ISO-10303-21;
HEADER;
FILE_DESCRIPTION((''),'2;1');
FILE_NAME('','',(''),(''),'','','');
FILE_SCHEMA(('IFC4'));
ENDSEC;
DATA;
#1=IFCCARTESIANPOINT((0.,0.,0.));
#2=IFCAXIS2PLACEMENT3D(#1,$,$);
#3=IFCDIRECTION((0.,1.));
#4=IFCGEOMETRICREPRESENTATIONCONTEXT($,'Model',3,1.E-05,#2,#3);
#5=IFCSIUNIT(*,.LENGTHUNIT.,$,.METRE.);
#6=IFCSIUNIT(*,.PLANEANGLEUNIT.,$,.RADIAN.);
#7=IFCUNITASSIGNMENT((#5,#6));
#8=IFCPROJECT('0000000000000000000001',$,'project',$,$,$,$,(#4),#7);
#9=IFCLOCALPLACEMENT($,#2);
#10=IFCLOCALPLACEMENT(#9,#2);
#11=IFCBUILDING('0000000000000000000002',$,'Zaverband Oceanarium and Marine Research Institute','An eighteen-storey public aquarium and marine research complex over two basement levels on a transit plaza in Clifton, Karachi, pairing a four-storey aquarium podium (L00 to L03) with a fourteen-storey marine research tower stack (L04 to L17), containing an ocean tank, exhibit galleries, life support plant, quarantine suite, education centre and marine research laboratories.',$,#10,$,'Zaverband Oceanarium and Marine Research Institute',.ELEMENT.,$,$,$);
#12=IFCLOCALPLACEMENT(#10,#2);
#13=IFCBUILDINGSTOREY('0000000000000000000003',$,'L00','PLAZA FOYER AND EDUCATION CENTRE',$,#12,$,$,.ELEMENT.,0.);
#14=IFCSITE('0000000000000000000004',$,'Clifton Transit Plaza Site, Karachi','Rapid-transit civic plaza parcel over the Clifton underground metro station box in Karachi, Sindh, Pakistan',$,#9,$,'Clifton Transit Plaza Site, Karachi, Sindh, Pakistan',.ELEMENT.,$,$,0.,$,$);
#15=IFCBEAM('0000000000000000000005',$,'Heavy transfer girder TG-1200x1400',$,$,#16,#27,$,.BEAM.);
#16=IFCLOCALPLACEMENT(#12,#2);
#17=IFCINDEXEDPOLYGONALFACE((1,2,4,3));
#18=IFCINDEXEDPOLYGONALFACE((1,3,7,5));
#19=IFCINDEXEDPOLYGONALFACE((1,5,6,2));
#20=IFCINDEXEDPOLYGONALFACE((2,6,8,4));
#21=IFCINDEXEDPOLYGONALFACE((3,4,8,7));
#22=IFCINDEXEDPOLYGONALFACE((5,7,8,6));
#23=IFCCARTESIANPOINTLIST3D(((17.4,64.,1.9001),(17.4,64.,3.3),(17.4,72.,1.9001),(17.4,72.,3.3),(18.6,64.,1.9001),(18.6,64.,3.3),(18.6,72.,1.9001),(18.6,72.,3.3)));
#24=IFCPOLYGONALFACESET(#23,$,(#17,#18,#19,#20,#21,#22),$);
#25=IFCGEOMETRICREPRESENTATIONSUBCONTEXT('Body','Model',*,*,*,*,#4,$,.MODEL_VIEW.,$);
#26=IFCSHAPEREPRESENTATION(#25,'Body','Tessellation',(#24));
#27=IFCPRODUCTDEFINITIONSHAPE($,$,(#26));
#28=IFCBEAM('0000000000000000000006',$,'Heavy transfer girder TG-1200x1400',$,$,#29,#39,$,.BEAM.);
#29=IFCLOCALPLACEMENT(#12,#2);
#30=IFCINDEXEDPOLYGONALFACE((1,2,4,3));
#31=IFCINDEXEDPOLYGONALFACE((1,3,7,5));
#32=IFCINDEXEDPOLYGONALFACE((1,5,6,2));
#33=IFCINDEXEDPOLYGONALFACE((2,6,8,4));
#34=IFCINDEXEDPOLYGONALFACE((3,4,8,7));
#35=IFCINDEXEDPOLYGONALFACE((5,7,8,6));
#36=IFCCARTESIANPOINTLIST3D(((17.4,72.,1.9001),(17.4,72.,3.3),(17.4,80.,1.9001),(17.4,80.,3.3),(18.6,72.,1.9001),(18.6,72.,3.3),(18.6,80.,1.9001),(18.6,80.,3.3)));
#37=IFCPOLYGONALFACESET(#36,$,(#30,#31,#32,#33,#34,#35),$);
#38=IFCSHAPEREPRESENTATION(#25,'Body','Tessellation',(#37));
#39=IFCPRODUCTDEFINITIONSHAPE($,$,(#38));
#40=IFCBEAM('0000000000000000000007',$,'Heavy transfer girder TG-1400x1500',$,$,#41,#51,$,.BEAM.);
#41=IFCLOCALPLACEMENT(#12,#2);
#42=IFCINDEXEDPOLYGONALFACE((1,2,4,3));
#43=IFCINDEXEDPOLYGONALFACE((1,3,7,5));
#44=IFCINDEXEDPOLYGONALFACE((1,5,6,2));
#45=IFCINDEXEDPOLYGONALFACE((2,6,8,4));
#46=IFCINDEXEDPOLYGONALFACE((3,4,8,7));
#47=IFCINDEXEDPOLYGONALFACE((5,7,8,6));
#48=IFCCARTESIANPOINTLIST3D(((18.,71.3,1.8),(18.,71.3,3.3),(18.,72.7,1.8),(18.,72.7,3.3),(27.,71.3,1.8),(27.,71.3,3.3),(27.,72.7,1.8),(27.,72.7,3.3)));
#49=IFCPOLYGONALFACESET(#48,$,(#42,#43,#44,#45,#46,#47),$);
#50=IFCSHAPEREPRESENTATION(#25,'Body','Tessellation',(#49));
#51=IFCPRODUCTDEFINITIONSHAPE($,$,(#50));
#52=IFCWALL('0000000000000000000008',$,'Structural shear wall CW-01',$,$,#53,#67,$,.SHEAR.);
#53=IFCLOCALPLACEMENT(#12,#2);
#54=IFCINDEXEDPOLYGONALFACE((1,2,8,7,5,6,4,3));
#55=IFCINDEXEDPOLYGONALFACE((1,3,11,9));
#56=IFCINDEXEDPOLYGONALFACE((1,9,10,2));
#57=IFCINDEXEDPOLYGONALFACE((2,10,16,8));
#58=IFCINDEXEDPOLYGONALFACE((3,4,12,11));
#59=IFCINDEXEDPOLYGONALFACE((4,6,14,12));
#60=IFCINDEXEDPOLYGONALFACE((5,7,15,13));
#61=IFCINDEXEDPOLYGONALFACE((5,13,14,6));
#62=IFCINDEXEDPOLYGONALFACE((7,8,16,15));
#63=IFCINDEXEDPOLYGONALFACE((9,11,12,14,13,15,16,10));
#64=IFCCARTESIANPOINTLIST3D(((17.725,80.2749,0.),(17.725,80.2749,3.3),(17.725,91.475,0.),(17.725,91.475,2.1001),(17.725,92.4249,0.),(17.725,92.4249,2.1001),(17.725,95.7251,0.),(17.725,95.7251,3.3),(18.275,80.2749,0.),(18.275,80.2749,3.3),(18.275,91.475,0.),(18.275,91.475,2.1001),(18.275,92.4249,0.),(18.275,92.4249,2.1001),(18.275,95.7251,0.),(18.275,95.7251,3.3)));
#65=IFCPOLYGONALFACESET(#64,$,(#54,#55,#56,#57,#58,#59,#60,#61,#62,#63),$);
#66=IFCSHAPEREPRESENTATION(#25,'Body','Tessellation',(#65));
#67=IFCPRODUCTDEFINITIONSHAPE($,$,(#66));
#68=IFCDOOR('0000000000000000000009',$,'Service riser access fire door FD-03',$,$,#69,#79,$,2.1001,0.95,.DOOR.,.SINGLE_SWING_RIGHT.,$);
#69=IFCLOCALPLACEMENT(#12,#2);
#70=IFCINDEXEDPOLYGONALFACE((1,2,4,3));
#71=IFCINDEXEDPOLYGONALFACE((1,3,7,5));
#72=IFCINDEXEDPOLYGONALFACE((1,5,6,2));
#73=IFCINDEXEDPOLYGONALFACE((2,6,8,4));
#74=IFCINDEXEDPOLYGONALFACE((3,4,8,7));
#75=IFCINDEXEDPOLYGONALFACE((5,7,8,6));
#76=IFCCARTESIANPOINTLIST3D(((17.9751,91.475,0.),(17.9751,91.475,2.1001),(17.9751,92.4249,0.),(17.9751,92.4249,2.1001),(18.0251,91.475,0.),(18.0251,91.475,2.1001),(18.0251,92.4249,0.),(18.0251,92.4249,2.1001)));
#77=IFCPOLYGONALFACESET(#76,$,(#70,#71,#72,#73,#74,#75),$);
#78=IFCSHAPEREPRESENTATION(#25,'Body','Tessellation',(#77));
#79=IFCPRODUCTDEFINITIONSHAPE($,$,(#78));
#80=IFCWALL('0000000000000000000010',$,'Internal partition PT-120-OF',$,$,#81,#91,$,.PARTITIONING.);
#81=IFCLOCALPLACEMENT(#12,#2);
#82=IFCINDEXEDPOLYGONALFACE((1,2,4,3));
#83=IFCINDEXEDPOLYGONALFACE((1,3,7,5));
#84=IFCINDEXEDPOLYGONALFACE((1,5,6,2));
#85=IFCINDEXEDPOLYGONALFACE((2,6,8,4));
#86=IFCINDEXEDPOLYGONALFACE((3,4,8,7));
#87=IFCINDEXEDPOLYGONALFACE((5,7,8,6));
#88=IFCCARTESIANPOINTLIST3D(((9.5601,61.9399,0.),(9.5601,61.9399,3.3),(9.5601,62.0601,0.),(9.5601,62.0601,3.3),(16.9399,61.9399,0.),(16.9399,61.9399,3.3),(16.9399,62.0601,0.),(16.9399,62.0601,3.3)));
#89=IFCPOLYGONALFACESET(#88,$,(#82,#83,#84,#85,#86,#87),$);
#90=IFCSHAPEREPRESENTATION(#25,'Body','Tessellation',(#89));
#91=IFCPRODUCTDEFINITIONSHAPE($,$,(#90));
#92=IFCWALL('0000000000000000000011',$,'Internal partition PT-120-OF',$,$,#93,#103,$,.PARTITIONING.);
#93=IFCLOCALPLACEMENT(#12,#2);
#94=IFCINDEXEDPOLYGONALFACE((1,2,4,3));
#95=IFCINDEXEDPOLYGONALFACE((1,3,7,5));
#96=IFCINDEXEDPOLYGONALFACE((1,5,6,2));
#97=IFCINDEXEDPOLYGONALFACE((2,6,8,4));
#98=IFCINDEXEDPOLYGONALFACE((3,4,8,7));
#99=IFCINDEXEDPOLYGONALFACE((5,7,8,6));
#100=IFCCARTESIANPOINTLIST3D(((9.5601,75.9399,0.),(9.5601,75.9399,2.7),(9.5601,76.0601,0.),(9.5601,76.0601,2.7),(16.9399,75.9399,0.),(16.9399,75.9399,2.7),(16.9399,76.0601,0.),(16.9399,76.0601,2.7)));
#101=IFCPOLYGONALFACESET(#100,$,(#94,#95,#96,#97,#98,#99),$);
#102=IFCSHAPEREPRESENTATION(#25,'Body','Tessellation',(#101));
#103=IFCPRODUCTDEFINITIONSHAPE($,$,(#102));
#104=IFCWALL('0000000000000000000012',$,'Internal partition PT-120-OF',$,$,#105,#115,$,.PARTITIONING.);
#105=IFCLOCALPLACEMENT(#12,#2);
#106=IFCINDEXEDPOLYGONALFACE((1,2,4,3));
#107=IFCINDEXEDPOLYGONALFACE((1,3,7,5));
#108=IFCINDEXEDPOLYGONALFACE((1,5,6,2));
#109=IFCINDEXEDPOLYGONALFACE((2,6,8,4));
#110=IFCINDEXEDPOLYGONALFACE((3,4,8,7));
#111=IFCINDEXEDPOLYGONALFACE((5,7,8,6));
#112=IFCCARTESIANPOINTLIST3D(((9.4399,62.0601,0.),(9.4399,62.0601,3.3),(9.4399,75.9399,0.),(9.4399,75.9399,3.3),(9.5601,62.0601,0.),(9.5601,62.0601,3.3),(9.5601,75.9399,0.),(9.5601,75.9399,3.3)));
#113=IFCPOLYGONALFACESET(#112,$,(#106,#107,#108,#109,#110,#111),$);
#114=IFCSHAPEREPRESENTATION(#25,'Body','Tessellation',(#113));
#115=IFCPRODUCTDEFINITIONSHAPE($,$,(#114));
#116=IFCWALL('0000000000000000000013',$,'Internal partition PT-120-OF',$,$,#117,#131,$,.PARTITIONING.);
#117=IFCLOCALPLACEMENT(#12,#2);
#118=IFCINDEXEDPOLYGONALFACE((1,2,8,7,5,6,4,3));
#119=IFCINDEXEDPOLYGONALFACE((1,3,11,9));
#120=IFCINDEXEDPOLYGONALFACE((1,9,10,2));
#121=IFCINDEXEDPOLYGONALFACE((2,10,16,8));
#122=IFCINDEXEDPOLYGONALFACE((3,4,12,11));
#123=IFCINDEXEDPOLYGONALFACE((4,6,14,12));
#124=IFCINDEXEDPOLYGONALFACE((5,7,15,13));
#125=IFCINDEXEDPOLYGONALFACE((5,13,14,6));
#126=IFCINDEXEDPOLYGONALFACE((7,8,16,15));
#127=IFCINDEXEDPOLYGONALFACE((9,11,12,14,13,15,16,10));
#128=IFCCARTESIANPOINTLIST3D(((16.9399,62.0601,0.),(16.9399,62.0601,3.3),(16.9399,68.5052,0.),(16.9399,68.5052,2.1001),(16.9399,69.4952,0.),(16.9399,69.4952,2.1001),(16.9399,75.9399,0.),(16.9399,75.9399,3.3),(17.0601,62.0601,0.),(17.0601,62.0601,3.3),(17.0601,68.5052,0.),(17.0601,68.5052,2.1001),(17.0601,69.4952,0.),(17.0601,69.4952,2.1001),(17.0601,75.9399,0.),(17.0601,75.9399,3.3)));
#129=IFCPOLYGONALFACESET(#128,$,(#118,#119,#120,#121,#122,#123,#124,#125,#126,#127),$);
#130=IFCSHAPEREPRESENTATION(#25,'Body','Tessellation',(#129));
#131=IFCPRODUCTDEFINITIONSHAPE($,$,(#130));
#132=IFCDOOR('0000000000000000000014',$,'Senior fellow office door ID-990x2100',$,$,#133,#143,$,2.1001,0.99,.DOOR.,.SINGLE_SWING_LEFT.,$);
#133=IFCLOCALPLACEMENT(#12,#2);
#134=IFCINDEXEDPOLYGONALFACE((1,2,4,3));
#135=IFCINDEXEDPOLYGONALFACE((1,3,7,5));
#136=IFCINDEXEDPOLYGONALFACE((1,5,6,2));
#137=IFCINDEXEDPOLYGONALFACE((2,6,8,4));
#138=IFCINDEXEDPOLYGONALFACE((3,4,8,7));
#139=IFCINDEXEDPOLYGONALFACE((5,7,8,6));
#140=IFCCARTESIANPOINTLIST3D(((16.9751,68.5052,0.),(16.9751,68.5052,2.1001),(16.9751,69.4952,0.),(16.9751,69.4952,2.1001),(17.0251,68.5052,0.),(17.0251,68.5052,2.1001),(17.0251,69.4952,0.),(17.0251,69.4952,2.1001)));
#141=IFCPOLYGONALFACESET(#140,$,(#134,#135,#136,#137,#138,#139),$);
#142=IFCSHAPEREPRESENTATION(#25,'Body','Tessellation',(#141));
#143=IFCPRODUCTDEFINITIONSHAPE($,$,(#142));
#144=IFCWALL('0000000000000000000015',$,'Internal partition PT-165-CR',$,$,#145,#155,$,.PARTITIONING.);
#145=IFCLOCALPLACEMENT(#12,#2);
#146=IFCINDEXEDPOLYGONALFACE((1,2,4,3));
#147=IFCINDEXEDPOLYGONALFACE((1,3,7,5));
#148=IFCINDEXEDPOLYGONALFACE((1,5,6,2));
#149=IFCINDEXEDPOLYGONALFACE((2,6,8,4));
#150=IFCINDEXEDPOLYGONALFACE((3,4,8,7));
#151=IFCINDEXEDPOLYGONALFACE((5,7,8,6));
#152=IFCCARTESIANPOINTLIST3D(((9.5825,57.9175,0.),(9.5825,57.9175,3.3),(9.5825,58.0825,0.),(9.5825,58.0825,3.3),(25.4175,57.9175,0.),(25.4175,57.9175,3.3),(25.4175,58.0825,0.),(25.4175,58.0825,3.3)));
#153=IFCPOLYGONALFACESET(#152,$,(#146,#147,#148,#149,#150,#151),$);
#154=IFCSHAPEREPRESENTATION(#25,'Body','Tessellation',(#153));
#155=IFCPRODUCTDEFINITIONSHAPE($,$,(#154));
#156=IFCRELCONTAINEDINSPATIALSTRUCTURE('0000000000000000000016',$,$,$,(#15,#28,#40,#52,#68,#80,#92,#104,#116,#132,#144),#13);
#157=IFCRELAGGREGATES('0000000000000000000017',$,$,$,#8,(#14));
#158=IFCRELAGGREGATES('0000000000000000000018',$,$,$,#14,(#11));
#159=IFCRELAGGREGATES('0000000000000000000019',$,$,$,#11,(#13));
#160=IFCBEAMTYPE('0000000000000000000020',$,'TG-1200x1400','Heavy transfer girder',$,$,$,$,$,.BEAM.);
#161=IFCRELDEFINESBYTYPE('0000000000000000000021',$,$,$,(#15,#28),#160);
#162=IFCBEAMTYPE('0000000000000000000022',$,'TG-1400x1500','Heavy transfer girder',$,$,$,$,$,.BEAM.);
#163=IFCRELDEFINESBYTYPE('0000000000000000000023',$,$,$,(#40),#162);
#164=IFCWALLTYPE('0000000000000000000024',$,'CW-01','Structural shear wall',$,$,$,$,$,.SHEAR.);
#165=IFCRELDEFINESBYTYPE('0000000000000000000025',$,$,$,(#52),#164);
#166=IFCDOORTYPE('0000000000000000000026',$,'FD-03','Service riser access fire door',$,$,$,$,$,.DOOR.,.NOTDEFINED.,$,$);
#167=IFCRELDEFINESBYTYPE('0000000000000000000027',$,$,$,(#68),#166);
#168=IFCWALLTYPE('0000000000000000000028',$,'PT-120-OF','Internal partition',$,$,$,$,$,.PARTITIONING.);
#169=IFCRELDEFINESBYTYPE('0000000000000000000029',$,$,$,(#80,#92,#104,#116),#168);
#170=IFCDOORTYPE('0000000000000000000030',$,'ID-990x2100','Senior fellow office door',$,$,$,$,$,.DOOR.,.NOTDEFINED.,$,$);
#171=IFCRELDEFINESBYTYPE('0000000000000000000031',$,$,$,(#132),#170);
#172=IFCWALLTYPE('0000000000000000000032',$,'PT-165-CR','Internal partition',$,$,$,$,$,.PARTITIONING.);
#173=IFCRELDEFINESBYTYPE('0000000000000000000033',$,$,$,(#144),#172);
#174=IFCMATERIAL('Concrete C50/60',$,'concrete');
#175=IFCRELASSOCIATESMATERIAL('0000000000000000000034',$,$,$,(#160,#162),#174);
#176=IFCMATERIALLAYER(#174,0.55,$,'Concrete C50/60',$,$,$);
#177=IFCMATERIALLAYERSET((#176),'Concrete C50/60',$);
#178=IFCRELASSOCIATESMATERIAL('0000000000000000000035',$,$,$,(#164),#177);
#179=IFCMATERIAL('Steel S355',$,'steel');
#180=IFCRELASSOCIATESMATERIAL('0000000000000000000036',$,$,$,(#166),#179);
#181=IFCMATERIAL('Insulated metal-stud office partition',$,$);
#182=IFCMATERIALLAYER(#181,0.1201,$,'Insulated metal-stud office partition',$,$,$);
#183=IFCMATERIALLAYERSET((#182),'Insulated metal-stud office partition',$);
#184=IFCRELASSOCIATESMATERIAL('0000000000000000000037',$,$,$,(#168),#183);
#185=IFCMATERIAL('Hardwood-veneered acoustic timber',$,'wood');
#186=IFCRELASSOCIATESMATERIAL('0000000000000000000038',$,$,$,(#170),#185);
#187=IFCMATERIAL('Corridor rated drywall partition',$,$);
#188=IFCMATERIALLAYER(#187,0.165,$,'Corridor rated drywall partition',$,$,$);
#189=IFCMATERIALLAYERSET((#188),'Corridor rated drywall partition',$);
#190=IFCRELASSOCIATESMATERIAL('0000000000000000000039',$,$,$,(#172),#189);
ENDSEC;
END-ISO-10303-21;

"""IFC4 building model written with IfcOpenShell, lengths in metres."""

from ifc_helpers import new_model, si_unit, direction, frame, frame_2d, origin, origin_2d, place, context, subcontext, project, spatial, rectangle, extrude, material, layer, layer_set, material_profile, profile_set, type_object, element, fill, save


model = new_model("IFC4")

# Units and contexts
model_context = context("Model", 3, precision=1e-05, world=origin(), true_north=direction((0.0, 1.0)))
body_context = subcontext(model_context, "Body", "Model", "MODEL_VIEW")
ifc_project = project(units=[si_unit("LENGTHUNIT", "METRE"), si_unit("PLANEANGLEUNIT", "RADIAN")], contexts=[model_context])

# Site, building, storey
site_placement = place(None, origin())
site = spatial("IfcSite", under=ifc_project, at=site_placement, Name="Clifton Transit Plaza Site, Karachi", Description="Rapid-transit civic plaza parcel over the Clifton underground metro station box in Karachi, Sindh, Pakistan", LongName="Clifton Transit Plaza Site, Karachi, Sindh, Pakistan", CompositionType="ELEMENT", RefElevation=0.0)
building_placement = place(site_placement, origin())
building = spatial("IfcBuilding", under=site, at=building_placement, Name="Zaverband Oceanarium and Marine Research Institute", Description="An eighteen-storey public aquarium and marine research complex over two basement levels on a transit plaza in Clifton, Karachi, pairing a four-storey aquarium podium (L00 to L03) with a fourteen-storey marine research tower stack (L04 to L17), containing an ocean tank, exhibit galleries, life support plant, quarantine suite, education centre and marine research laboratories.", LongName="Zaverband Oceanarium and Marine Research Institute", CompositionType="ELEMENT")
storey_placement = place(building_placement, origin())
storey = spatial("IfcBuildingStorey", under=building, at=storey_placement, Name="L00", Description="PLAZA FOYER AND EDUCATION CENTRE", CompositionType="ELEMENT", Elevation=0.0)

# Shared definitions
ifc_material_1 = material(Name="Concrete C50/60", Category="concrete")

# Beams
ifc_material_profile_1 = material_profile(ifc_material_1, rectangle(XDim=1.2, YDim=1.3999, at=origin_2d()), Name="RC1200x1400")
ifc_profile_set_1 = profile_set([ifc_material_profile_1], Name="Concrete C50/60")
beam_type_1 = type_object("IfcBeamType", Name="TG-1200x1400", Description="Heavy transfer girder", PredefinedType="BEAM", material=ifc_profile_set_1)
for number, where, z_axis, x_axis, name in (
    (1, (18.0, 64.0, 2.6001), (0.0, 1.0, 0.0), (-1.0, 0.0, 0.0), "Heavy transfer girder TG-1200x1400"),
    (2, (18.0, 72.0, 2.6001), (0.0, 1.0, 0.0), (-1.0, 0.0, 0.0), "Heavy transfer girder TG-1200x1400"),
):
    element("IfcBeam", number, at=place(storey_placement, frame(where, z_axis=z_axis, x_axis=x_axis)), inside=storey, type_object=beam_type_1, Name=name, PredefinedType="BEAM", context=body_context, shape_type="SweptSolid", body=[
        extrude(rectangle(XDim=1.2, YDim=1.3999, at=origin_2d()), origin(), (0.0, 0.0, 1.0), 8.0),
    ])
ifc_material_profile_2 = material_profile(ifc_material_1, rectangle(XDim=1.3999, YDim=1.5, at=origin_2d()), Name="RC1400x1500")
ifc_profile_set_2 = profile_set([ifc_material_profile_2], Name="Concrete C50/60")
beam_type_2 = type_object("IfcBeamType", Name="TG-1400x1500", Description="Heavy transfer girder", PredefinedType="BEAM", material=ifc_profile_set_2)
beam_placement = place(storey_placement, frame((18.0, 72.0, 2.55), z_axis=(1.0, 0.0, 0.0), x_axis=(0.0, 1.0, 0.0)))
element("IfcBeam", 3, at=beam_placement, inside=storey, type_object=beam_type_2, Name="Heavy transfer girder TG-1400x1500", PredefinedType="BEAM", context=body_context, shape_type="SweptSolid", body=[
    extrude(rectangle(XDim=1.3999, YDim=1.5, at=origin_2d()), origin(), (0.0, 0.0, 1.0), 9.0),
])

# Wall, opening, door
ifc_layer_1 = layer(ifc_material_1, 0.55, Name="Concrete C50/60")
ifc_layer_set_1 = layer_set([ifc_layer_1], Name="Concrete C50/60")
wall_type_1 = type_object("IfcWallType", Name="CW-01", Description="Structural shear wall", PredefinedType="SHEAR", material=ifc_layer_set_1)
wall_1_placement = place(storey_placement, frame((18.0, 80.2749, 0.0), z_axis=(0.0, 0.0, 1.0), x_axis=(0.0, 1.0, 0.0)))
wall_1 = element("IfcWall", 4, at=wall_1_placement, inside=storey, type_object=wall_type_1, Name="Structural shear wall CW-01", PredefinedType="SHEAR", context=body_context, shape_type="SweptSolid", body=[
    extrude(rectangle(XDim=15.4502, YDim=0.55, at=frame_2d((7.7251, 0.0))), origin(), (0.0, 0.0, 1.0), 3.3),
])
opening_1_placement = place(wall_1_placement, frame((11.2, 0.0, 0.0)))
opening_1 = element("IfcOpeningElement", 5, at=opening_1_placement, cuts=wall_1, PredefinedType="OPENING", context=body_context, shape_type="SweptSolid", body=[
    extrude(rectangle(XDim=0.95, YDim=2.1001, at=frame_2d((0.4751, 1.05))), frame((0.0, 0.2871, 0.0), z_axis=(0.0, -1.0, 0.0), x_axis=(1.0, 0.0, 0.0)), (0.0, 0.0, 1.0), 0.574),
])
ifc_material_2 = material(Name="Steel S355", Category="steel")
door_type_1 = type_object("IfcDoorType", Name="FD-03", Description="Service riser access fire door", OperationType="NOTDEFINED", PredefinedType="DOOR", material=ifc_material_2)
door_1_placement = place(opening_1_placement, origin())
door_1 = element("IfcDoor", 6, at=door_1_placement, inside=storey, type_object=door_type_1, Name="Service riser access fire door FD-03", OperationType="SINGLE_SWING_RIGHT", OverallHeight=2.1001, OverallWidth=0.95, PredefinedType="DOOR", context=body_context, shape_type="SweptSolid", body=[
    extrude(rectangle(XDim=0.95, YDim=2.1001, at=frame_2d((0.4751, 1.05))), frame((0.0, 0.0249, 0.0), z_axis=(0.0, -1.0, 0.0), x_axis=(1.0, 0.0, 0.0)), (0.0, 0.0, 1.0), 0.05),
])
fill(opening_1, door_1)

# Walls
ifc_material_3 = material(Name="Insulated metal-stud office partition")
ifc_layer_2 = layer(ifc_material_3, 0.1201, Name="Insulated metal-stud office partition")
ifc_layer_set_2 = layer_set([ifc_layer_2], Name="Insulated metal-stud office partition")
wall_type_2 = type_object("IfcWallType", Name="PT-120-OF", Description="Internal partition", PredefinedType="PARTITIONING", material=ifc_layer_set_2)
wall_2_placement = place(storey_placement, frame((9.5601, 62.0, 0.0), z_axis=(0.0, 0.0, 1.0), x_axis=(1.0, 0.0, 0.0)))
element("IfcWall", 7, at=wall_2_placement, inside=storey, type_object=wall_type_2, Name="Internal partition PT-120-OF", PredefinedType="PARTITIONING", context=body_context, shape_type="SweptSolid", body=[
    extrude(rectangle(XDim=7.3799, YDim=0.1201, at=frame_2d((3.6899, 0.0))), origin(), (0.0, 0.0, 1.0), 3.3),
])
wall_3_placement = place(storey_placement, frame((9.5601, 76.0, 0.0), z_axis=(0.0, 0.0, 1.0), x_axis=(1.0, 0.0, 0.0)))
element("IfcWall", 8, at=wall_3_placement, inside=storey, type_object=wall_type_2, Name="Internal partition PT-120-OF", PredefinedType="PARTITIONING", context=body_context, shape_type="SweptSolid", body=[
    extrude(rectangle(XDim=7.3799, YDim=0.1201, at=frame_2d((3.6899, 0.0))), origin(), (0.0, 0.0, 1.0), 2.7),
])
wall_4_placement = place(storey_placement, frame((9.5, 62.0601, 0.0), z_axis=(0.0, 0.0, 1.0), x_axis=(0.0, 1.0, 0.0)))
element("IfcWall", 9, at=wall_4_placement, inside=storey, type_object=wall_type_2, Name="Internal partition PT-120-OF", PredefinedType="PARTITIONING", context=body_context, shape_type="SweptSolid", body=[
    extrude(rectangle(XDim=13.8799, YDim=0.1201, at=frame_2d((6.9399, 0.0))), origin(), (0.0, 0.0, 1.0), 3.3),
])

# Wall, opening, door
wall_5_placement = place(storey_placement, frame((17.0, 62.0601, 0.0), z_axis=(0.0, 0.0, 1.0), x_axis=(0.0, 1.0, 0.0)))
wall_5 = element("IfcWall", 10, at=wall_5_placement, inside=storey, type_object=wall_type_2, Name="Internal partition PT-120-OF", PredefinedType="PARTITIONING", context=body_context, shape_type="SweptSolid", body=[
    extrude(rectangle(XDim=13.8799, YDim=0.1201, at=frame_2d((6.9399, 0.0))), origin(), (0.0, 0.0, 1.0), 3.3),
])
opening_2_placement = place(wall_5_placement, frame((6.4451, 0.0, 0.0)))
opening_2 = element("IfcOpeningElement", 11, at=opening_2_placement, cuts=wall_5, PredefinedType="OPENING", context=body_context, shape_type="SweptSolid", body=[
    extrude(rectangle(XDim=0.99, YDim=2.1001, at=frame_2d((0.4951, 1.05))), frame((0.0, 0.072, 0.0), z_axis=(0.0, -1.0, 0.0), x_axis=(1.0, 0.0, 0.0)), (0.0, 0.0, 1.0), 0.144),
])
ifc_material_4 = material(Name="Hardwood-veneered acoustic timber", Category="wood")
door_type_2 = type_object("IfcDoorType", Name="ID-990x2100", Description="Senior fellow office door", OperationType="NOTDEFINED", PredefinedType="DOOR", material=ifc_material_4)
door_2_placement = place(opening_2_placement, origin())
door_2 = element("IfcDoor", 12, at=door_2_placement, inside=storey, type_object=door_type_2, Name="Senior fellow office door ID-990x2100", OperationType="SINGLE_SWING_LEFT", OverallHeight=2.1001, OverallWidth=0.99, PredefinedType="DOOR", context=body_context, shape_type="SweptSolid", body=[
    extrude(rectangle(XDim=0.99, YDim=2.1001, at=frame_2d((0.4951, 1.05))), frame((0.0, 0.0249, 0.0), z_axis=(0.0, -1.0, 0.0), x_axis=(1.0, 0.0, 0.0)), (0.0, 0.0, 1.0), 0.05),
])
fill(opening_2, door_2)

# Wall
ifc_material_5 = material(Name="Corridor rated drywall partition")
ifc_layer_3 = layer(ifc_material_5, 0.165, Name="Corridor rated drywall partition")
ifc_layer_set_3 = layer_set([ifc_layer_3], Name="Corridor rated drywall partition")
wall_type_3 = type_object("IfcWallType", Name="PT-165-CR", Description="Internal partition", PredefinedType="PARTITIONING", material=ifc_layer_set_3)
wall_6_placement = place(storey_placement, frame((9.5825, 58.0, 0.0), z_axis=(0.0, 0.0, 1.0), x_axis=(1.0, 0.0, 0.0)))
element("IfcWall", 13, at=wall_6_placement, inside=storey, type_object=wall_type_3, Name="Internal partition PT-165-CR", PredefinedType="PARTITIONING", context=body_context, shape_type="SweptSolid", body=[
    extrude(rectangle(XDim=15.835, YDim=0.165, at=frame_2d((7.9175, 0.0))), origin(), (0.0, 0.0, 1.0), 3.3),
])

save(model, "model.ifc")
